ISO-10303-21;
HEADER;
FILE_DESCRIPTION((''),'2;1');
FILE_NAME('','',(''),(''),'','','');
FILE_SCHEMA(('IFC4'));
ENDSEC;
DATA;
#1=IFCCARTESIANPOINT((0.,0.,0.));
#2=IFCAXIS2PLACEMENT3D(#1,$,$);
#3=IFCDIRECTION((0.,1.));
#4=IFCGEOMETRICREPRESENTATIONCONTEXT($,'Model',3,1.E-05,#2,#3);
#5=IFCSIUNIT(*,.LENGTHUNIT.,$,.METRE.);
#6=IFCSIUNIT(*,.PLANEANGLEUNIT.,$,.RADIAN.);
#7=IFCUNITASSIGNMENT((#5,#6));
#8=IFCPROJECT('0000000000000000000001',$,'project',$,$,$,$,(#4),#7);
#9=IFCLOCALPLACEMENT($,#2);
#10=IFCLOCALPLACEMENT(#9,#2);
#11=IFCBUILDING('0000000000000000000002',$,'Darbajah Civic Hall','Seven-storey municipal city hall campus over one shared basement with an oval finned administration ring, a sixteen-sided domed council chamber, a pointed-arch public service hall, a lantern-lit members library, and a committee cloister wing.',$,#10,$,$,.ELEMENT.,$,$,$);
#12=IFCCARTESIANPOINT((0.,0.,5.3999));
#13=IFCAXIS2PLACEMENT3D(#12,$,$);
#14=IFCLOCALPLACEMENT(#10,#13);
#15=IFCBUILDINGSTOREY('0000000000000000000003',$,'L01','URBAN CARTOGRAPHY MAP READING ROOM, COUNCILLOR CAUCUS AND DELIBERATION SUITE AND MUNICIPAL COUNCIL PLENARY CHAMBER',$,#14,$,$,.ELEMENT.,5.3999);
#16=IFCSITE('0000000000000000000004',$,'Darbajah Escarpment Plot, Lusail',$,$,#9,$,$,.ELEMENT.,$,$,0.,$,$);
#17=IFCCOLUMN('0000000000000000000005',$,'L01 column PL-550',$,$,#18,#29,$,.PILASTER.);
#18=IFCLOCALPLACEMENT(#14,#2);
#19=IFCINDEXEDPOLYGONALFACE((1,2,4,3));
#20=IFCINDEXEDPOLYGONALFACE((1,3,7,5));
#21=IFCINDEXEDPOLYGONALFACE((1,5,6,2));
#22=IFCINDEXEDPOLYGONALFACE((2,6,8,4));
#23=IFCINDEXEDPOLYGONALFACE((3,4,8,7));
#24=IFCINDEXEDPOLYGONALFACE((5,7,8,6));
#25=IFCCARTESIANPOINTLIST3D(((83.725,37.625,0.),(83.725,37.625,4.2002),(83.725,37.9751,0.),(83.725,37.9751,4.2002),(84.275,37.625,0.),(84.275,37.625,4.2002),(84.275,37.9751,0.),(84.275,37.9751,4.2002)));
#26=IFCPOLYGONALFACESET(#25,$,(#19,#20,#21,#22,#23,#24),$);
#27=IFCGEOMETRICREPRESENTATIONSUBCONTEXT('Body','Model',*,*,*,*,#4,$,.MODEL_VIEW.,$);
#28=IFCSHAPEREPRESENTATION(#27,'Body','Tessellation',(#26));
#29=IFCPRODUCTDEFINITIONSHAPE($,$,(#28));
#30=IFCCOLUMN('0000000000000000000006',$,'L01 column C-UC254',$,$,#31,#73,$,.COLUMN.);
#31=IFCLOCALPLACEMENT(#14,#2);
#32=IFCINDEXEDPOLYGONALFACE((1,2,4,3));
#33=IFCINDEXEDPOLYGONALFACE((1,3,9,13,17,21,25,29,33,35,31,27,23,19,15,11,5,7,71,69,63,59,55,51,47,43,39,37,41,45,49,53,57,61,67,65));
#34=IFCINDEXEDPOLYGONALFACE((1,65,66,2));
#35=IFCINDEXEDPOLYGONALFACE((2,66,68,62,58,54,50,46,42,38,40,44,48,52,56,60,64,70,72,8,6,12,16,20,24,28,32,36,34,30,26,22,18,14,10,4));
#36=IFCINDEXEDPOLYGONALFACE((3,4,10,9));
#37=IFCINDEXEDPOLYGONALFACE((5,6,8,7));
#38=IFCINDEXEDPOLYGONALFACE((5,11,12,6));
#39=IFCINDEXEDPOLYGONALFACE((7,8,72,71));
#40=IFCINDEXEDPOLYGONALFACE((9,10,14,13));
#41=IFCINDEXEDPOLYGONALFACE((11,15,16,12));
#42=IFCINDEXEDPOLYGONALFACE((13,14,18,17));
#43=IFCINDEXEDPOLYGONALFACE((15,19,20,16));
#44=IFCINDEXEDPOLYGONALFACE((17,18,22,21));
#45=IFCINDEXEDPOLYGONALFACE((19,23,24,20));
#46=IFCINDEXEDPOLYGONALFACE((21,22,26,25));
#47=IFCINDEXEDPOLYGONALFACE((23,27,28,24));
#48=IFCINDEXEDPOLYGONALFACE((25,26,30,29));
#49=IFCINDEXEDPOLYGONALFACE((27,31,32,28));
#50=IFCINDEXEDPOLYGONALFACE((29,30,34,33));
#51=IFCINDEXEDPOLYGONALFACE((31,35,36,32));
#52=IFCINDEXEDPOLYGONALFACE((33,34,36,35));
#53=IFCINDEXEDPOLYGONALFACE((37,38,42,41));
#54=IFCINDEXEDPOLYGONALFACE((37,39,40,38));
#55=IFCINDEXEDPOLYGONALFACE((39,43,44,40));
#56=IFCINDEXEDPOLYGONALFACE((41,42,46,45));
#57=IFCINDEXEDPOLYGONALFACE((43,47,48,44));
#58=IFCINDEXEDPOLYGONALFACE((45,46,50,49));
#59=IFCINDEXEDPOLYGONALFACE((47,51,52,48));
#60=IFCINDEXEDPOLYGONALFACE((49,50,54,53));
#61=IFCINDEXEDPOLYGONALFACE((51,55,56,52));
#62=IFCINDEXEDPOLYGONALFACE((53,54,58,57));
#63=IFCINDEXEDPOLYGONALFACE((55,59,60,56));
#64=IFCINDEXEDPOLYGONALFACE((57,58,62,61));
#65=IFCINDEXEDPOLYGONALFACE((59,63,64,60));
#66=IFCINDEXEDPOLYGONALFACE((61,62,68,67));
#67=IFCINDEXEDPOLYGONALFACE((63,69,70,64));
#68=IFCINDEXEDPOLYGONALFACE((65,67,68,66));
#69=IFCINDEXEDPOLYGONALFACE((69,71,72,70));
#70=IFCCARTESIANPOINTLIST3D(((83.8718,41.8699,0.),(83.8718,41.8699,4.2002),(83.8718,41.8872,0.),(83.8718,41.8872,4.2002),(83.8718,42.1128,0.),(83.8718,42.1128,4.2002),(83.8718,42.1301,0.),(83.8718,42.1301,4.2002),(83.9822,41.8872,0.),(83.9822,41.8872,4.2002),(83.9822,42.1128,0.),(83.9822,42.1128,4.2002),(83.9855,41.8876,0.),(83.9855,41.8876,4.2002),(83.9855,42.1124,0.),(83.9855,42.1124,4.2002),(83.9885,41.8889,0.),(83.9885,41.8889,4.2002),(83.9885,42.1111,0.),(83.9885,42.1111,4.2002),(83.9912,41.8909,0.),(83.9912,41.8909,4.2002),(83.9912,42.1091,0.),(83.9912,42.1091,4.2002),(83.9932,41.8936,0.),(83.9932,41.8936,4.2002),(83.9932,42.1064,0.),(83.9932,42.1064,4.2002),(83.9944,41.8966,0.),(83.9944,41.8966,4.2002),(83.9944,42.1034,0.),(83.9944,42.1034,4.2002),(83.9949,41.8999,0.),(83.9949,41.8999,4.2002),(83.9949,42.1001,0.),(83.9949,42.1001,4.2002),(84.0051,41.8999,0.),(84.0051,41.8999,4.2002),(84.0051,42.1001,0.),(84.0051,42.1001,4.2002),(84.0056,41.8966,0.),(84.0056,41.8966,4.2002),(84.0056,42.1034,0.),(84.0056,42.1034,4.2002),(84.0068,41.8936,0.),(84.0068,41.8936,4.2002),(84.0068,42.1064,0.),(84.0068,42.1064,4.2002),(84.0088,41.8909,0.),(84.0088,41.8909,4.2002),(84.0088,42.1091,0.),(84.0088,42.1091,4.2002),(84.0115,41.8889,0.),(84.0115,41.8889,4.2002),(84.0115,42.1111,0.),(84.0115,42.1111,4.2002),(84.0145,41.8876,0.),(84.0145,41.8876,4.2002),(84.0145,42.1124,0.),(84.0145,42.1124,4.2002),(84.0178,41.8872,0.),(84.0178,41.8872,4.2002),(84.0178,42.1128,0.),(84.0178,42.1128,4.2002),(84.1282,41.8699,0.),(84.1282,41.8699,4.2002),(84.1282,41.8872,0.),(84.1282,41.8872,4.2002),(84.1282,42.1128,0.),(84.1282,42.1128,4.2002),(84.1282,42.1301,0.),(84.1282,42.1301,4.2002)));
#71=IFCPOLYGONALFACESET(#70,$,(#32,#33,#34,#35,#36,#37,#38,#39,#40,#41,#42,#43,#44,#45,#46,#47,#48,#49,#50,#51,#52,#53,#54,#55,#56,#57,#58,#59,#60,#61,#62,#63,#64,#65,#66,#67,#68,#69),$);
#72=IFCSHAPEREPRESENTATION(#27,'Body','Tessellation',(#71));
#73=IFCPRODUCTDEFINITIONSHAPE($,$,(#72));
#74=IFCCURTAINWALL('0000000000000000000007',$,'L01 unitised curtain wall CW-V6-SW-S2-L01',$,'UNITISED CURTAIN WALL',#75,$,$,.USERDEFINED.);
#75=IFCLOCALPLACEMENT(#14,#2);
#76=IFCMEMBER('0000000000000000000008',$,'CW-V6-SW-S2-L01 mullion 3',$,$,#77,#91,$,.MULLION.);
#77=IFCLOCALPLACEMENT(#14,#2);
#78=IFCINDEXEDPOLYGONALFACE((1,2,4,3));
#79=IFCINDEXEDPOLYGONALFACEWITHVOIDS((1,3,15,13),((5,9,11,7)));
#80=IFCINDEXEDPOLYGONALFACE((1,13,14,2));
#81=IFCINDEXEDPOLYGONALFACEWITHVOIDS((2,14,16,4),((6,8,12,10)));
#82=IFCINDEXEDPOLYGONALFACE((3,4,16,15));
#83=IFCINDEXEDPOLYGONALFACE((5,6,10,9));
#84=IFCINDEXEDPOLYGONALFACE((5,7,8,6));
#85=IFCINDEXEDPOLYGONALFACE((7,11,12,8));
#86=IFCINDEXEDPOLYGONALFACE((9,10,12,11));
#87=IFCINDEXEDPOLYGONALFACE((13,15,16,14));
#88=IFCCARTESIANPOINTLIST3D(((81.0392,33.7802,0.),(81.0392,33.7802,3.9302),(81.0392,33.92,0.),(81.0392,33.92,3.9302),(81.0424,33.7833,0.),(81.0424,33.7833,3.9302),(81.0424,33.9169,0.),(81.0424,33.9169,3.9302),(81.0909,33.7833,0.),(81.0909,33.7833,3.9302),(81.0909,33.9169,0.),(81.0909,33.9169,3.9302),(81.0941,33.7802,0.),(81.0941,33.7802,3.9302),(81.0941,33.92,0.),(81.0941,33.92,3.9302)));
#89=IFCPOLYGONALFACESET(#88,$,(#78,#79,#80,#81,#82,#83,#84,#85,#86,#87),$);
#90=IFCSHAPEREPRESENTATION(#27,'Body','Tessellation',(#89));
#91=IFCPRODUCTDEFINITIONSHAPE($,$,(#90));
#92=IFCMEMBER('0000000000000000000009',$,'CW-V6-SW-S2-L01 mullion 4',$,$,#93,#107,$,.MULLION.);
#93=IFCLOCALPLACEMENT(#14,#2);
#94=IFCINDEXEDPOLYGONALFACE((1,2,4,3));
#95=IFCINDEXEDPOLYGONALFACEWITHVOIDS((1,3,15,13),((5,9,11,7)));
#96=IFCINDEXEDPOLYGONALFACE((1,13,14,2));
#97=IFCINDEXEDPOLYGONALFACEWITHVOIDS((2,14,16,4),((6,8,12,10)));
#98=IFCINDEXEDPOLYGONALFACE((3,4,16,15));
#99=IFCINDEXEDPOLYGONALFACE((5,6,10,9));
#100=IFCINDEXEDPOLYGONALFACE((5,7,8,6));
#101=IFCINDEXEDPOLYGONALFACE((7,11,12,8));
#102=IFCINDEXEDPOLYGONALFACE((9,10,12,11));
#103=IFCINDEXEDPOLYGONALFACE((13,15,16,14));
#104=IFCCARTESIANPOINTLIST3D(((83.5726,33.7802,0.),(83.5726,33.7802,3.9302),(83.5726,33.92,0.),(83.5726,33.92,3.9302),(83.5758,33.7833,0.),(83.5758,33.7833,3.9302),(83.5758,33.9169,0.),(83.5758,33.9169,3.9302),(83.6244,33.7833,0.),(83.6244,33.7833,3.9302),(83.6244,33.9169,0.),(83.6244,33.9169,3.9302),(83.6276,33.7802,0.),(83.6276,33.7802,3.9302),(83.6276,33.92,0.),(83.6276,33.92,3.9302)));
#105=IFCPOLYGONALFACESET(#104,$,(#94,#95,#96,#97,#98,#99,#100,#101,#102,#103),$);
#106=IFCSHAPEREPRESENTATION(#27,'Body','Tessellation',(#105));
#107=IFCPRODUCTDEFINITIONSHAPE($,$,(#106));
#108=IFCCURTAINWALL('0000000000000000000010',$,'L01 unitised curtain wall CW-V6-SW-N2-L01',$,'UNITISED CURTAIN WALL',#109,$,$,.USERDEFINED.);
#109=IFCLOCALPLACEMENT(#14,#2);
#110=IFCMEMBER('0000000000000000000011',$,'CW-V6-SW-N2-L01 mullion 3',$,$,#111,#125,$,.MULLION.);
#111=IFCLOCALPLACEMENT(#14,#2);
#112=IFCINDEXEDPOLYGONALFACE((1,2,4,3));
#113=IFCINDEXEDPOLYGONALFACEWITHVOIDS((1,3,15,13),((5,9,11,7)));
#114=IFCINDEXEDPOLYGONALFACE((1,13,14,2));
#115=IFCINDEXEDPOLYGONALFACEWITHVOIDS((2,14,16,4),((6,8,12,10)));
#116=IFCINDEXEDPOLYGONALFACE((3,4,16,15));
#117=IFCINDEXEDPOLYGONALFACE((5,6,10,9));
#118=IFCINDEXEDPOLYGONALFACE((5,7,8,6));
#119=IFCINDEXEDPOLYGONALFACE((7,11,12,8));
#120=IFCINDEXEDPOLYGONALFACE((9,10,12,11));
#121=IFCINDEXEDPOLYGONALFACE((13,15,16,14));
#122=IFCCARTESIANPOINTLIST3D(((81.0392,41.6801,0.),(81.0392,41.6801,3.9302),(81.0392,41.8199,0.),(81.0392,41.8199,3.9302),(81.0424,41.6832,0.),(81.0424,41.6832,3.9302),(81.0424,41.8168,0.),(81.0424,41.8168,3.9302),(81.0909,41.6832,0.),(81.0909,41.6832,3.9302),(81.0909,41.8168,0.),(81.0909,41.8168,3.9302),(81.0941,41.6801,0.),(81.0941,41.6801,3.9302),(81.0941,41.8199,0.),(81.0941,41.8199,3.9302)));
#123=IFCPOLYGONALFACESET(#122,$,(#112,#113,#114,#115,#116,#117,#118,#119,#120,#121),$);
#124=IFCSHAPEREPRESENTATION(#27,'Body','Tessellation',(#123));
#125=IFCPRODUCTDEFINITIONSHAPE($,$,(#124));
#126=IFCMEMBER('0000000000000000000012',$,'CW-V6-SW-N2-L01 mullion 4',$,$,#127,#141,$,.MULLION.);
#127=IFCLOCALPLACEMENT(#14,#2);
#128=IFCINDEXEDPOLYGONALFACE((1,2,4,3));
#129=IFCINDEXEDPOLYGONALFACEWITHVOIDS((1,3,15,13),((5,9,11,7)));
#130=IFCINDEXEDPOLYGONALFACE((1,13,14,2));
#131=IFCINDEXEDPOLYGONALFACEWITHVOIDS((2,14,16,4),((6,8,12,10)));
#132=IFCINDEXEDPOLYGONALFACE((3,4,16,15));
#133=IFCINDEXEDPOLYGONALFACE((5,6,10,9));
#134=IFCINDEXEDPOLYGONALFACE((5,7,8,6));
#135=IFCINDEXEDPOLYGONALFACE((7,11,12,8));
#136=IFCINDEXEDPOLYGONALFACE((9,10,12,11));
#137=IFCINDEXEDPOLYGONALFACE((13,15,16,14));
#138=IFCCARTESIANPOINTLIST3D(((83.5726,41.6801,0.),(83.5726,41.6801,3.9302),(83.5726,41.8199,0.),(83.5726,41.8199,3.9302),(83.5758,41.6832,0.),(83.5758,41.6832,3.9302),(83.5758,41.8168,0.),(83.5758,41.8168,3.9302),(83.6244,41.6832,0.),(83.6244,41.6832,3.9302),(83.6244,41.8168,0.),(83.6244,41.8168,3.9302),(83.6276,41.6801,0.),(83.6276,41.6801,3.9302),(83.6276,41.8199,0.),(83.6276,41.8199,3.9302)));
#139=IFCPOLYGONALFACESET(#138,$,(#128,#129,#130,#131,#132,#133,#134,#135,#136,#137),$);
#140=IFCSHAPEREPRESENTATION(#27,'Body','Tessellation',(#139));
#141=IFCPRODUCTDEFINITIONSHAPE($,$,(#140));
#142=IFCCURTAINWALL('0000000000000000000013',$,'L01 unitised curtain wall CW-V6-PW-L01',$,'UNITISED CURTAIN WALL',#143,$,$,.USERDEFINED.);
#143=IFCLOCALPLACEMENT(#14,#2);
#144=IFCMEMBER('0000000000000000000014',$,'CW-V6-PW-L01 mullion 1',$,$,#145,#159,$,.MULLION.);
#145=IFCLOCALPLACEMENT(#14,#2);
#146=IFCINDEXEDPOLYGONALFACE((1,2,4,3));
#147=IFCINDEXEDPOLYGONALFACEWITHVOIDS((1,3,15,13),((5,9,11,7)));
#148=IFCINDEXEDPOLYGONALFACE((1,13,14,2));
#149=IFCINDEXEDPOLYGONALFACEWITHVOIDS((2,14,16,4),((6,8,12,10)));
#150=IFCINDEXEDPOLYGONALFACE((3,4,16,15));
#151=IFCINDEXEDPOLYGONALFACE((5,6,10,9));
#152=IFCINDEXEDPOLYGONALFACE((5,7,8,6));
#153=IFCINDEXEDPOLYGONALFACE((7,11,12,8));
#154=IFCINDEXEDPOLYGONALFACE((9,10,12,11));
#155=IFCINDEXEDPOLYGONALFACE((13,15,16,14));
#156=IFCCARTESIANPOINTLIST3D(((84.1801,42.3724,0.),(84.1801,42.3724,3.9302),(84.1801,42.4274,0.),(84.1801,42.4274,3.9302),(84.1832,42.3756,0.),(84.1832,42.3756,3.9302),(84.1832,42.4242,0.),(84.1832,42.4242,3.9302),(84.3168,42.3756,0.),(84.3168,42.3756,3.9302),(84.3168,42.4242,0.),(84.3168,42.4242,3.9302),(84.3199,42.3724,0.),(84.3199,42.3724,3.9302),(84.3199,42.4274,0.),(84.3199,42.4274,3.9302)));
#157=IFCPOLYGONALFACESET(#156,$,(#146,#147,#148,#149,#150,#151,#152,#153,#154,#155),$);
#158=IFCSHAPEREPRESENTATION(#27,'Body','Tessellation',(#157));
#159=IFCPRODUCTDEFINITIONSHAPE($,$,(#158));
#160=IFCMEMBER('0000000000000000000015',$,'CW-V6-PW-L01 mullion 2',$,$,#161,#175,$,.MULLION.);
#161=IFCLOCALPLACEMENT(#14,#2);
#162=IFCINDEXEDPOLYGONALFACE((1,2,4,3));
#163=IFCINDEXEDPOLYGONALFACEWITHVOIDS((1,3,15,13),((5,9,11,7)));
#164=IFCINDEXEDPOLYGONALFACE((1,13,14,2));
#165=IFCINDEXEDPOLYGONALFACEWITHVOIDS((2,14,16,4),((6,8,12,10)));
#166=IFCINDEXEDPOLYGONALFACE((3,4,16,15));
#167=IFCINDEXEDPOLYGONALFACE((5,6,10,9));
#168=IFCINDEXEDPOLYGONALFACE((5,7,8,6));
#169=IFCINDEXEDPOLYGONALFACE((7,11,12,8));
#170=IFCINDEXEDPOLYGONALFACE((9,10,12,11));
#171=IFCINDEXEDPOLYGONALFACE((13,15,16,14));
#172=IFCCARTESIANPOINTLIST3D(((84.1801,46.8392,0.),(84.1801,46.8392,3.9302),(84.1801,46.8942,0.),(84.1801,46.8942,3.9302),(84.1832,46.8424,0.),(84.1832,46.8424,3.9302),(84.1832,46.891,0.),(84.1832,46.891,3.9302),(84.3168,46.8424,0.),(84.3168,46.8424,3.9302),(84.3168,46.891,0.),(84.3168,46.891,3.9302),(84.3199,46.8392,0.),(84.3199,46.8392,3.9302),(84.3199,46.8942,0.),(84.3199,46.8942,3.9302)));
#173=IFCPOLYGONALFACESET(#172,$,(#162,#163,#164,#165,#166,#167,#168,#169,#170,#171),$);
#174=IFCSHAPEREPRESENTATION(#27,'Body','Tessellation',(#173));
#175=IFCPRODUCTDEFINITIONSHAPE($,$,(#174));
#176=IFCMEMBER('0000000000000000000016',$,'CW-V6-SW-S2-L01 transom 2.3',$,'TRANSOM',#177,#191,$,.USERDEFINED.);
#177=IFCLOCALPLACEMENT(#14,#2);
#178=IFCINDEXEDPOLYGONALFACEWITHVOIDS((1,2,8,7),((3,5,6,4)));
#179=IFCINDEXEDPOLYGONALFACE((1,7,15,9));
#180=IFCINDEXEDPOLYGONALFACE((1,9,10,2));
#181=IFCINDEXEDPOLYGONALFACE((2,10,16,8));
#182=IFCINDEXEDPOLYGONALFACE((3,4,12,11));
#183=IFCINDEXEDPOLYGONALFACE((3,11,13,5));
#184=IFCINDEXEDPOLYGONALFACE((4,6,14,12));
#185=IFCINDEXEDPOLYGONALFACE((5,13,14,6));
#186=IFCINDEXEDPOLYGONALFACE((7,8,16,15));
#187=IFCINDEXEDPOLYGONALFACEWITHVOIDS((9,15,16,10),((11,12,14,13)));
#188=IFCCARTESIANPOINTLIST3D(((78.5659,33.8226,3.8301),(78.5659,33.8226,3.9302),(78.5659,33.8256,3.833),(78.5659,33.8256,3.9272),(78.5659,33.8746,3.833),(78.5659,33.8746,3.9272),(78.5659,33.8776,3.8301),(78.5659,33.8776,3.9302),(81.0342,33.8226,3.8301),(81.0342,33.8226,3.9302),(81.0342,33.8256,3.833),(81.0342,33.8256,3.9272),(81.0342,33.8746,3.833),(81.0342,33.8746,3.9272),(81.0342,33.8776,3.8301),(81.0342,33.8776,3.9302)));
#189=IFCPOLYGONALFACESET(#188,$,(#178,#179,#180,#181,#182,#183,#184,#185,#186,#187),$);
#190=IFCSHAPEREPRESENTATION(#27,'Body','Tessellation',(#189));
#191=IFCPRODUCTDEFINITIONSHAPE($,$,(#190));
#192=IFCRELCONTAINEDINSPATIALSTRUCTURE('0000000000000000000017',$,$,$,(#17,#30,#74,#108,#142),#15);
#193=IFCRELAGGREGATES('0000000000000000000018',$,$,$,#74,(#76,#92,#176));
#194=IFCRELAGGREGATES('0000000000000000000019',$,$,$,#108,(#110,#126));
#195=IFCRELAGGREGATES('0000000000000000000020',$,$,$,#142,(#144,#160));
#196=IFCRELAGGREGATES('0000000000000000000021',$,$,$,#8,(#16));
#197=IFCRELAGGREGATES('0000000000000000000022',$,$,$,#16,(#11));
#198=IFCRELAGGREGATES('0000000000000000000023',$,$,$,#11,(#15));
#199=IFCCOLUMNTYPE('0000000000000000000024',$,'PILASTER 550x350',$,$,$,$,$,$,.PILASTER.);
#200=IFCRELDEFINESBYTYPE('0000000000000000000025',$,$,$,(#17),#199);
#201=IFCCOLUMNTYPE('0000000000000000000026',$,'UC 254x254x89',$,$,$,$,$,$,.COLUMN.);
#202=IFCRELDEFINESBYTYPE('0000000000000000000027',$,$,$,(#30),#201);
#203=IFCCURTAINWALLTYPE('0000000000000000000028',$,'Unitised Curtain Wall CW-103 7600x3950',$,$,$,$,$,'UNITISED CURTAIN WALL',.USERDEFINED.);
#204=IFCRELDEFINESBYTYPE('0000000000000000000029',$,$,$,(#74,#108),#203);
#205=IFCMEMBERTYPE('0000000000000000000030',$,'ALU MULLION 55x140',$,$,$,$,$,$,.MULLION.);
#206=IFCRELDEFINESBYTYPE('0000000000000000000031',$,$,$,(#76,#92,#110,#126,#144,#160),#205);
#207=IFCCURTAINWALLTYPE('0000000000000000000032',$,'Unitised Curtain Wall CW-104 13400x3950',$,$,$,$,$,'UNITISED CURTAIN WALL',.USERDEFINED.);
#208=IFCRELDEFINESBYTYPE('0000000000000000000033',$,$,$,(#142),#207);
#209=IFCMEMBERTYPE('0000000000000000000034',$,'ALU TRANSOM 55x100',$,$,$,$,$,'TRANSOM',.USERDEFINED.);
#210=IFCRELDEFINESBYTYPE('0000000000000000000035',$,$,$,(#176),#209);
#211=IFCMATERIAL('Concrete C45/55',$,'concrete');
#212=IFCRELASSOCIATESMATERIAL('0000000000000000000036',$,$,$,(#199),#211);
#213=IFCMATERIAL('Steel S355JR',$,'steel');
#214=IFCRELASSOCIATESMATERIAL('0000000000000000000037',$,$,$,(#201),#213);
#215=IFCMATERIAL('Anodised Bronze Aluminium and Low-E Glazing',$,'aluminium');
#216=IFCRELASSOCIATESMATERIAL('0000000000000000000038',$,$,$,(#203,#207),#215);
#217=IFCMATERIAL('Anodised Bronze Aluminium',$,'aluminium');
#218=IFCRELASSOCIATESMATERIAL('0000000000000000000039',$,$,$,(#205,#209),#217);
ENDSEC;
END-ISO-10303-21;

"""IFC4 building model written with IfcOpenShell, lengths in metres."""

from ifc_helpers import new_model, si_unit, direction, frame, origin, origin_2d, place, context, subcontext, project, spatial, rectangle, hollow_rectangle, i_section, extrude, material, material_profile, profile_set, type_object, element, aggregate, save


model = new_model("IFC4")

# Units and contexts
model_context = context("Model", 3, precision=1e-05, world=origin(), true_north=direction((0.0, 1.0)))
body_context = subcontext(model_context, "Body", "Model", "MODEL_VIEW")
ifc_project = project(units=[si_unit("LENGTHUNIT", "METRE"), si_unit("PLANEANGLEUNIT", "RADIAN")], contexts=[model_context])

# Site, building, storey
site_placement = place(None, origin())
site = spatial("IfcSite", under=ifc_project, at=site_placement, Name="Darbajah Escarpment Plot, Lusail", CompositionType="ELEMENT", RefElevation=0.0)
building_placement = place(site_placement, origin())
building = spatial("IfcBuilding", under=site, at=building_placement, Name="Darbajah Civic Hall", Description="Seven-storey municipal city hall campus over one shared basement with an oval finned administration ring, a sixteen-sided domed council chamber, a pointed-arch public service hall, a lantern-lit members library, and a committee cloister wing.", CompositionType="ELEMENT")
storey_placement = place(building_placement, frame((0.0, 0.0, 5.3999)))
storey = spatial("IfcBuildingStorey", under=building, at=storey_placement, Name="L01", Description="URBAN CARTOGRAPHY MAP READING ROOM, COUNCILLOR CAUCUS AND DELIBERATION SUITE AND MUNICIPAL COUNCIL PLENARY CHAMBER", CompositionType="ELEMENT", Elevation=5.3999)

# Columns
ifc_material_1 = material(Name="Concrete C45/55", Category="concrete")
ifc_material_profile_1 = material_profile(ifc_material_1, rectangle(XDim=0.55, YDim=0.3501, at=origin_2d()), Name="PILASTER 550x350")
ifc_profile_set_1 = profile_set([ifc_material_profile_1], Name="Concrete C45/55")
column_type_1 = type_object("IfcColumnType", Name="PILASTER 550x350", PredefinedType="PILASTER", material=ifc_profile_set_1)
column_1_placement = place(storey_placement, frame((84.0, 37.8, 0.0), z_axis=(0.0, 0.0, 1.0), x_axis=(1.0, 0.0, 0.0)))
element("IfcColumn", 1, at=column_1_placement, inside=storey, type_object=column_type_1, Name="L01 column PL-550", PredefinedType="PILASTER", context=body_context, shape_type="SweptSolid", body=[
    extrude(rectangle(XDim=0.55, YDim=0.3501, at=origin_2d()), origin(), (0.0, 0.0, 1.0), 4.2002),
])
ifc_material_2 = material(Name="Steel S355JR", Category="steel")
ifc_material_profile_2 = material_profile(ifc_material_2, i_section(OverallWidth=0.2563, OverallDepth=0.2603, WebThickness=0.0103, FlangeThickness=0.0173, FilletRadius=0.0127, at=origin_2d()), Name="UC 254x254x89")
ifc_profile_set_2 = profile_set([ifc_material_profile_2], Name="Steel S355JR")
column_type_2 = type_object("IfcColumnType", Name="UC 254x254x89", PredefinedType="COLUMN", material=ifc_profile_set_2)
column_2_placement = place(storey_placement, frame((84.0, 42.0, 0.0), z_axis=(0.0, 0.0, 1.0), x_axis=(1.0, 0.0, 0.0)))
element("IfcColumn", 2, at=column_2_placement, inside=storey, type_object=column_type_2, Name="L01 column C-UC254", PredefinedType="COLUMN", context=body_context, shape_type="SweptSolid", body=[
    extrude(i_section(OverallWidth=0.2563, OverallDepth=0.2603, WebThickness=0.0103, FlangeThickness=0.0173, FilletRadius=0.0127, at=origin_2d()), origin(), (0.0, 0.0, 1.0), 4.2002),
])

# Curtain walls, members
ifc_material_3 = material(Name="Anodised Bronze Aluminium and Low-E Glazing", Category="aluminium")
curtain_wall_type_1 = type_object("IfcCurtainWallType", Name="Unitised Curtain Wall CW-103 7600x3950", ElementType="UNITISED CURTAIN WALL", PredefinedType="USERDEFINED", material=ifc_material_3)
curtain_wall_1_placement = place(storey_placement, origin())
curtain_wall_1 = element("IfcCurtainWall", 3, at=curtain_wall_1_placement, inside=storey, type_object=curtain_wall_type_1, Name="L01 unitised curtain wall CW-V6-SW-S2-L01", ObjectType="UNITISED CURTAIN WALL", PredefinedType="USERDEFINED")
ifc_material_4 = material(Name="Anodised Bronze Aluminium", Category="aluminium")
ifc_material_profile_3 = material_profile(ifc_material_4, hollow_rectangle(XDim=0.0549, YDim=0.1399, WallThickness=0.0032, at=origin_2d()), Name="ALU MULLION 55x140")
ifc_profile_set_3 = profile_set([ifc_material_profile_3], Name="Anodised Bronze Aluminium")
member_type_1 = type_object("IfcMemberType", Name="ALU MULLION 55x140", PredefinedType="MULLION", material=ifc_profile_set_3)
member_1_placement = place(storey_placement, frame((81.0667, 33.8501, 0.0), z_axis=(0.0, 0.0, 1.0), x_axis=(1.0, 0.0, 0.0)))
member_1 = element("IfcMember", 4, at=member_1_placement, type_object=member_type_1, Name="CW-V6-SW-S2-L01 mullion 3", PredefinedType="MULLION", context=body_context, shape_type="SweptSolid", body=[
    extrude(hollow_rectangle(XDim=0.0549, YDim=0.1399, WallThickness=0.0032, at=origin_2d()), origin(), (0.0, 0.0, 1.0), 3.9302),
])
member_2_placement = place(storey_placement, frame((83.6001, 33.8501, 0.0), z_axis=(0.0, 0.0, 1.0), x_axis=(1.0, 0.0, 0.0)))
member_2 = element("IfcMember", 5, at=member_2_placement, type_object=member_type_1, Name="CW-V6-SW-S2-L01 mullion 4", PredefinedType="MULLION", context=body_context, shape_type="SweptSolid", body=[
    extrude(hollow_rectangle(XDim=0.0549, YDim=0.1399, WallThickness=0.0032, at=origin_2d()), origin(), (0.0, 0.0, 1.0), 3.9302),
])
curtain_wall_2_placement = place(storey_placement, origin())
curtain_wall_2 = element("IfcCurtainWall", 6, at=curtain_wall_2_placement, inside=storey, type_object=curtain_wall_type_1, Name="L01 unitised curtain wall CW-V6-SW-N2-L01", ObjectType="UNITISED CURTAIN WALL", PredefinedType="USERDEFINED")
member_3_placement = place(storey_placement, frame((81.0667, 41.75, 0.0), z_axis=(0.0, 0.0, 1.0), x_axis=(1.0, 0.0, 0.0)))
member_3 = element("IfcMember", 7, at=member_3_placement, type_object=member_type_1, Name="CW-V6-SW-N2-L01 mullion 3", PredefinedType="MULLION", context=body_context, shape_type="SweptSolid", body=[
    extrude(hollow_rectangle(XDim=0.0549, YDim=0.1399, WallThickness=0.0032, at=origin_2d()), origin(), (0.0, 0.0, 1.0), 3.9302),
])
member_4_placement = place(storey_placement, frame((83.6001, 41.75, 0.0), z_axis=(0.0, 0.0, 1.0), x_axis=(1.0, 0.0, 0.0)))
member_4 = element("IfcMember", 8, at=member_4_placement, type_object=member_type_1, Name="CW-V6-SW-N2-L01 mullion 4", PredefinedType="MULLION", context=body_context, shape_type="SweptSolid", body=[
    extrude(hollow_rectangle(XDim=0.0549, YDim=0.1399, WallThickness=0.0032, at=origin_2d()), origin(), (0.0, 0.0, 1.0), 3.9302),
])
curtain_wall_type_2 = type_object("IfcCurtainWallType", Name="Unitised Curtain Wall CW-104 13400x3950", ElementType="UNITISED CURTAIN WALL", PredefinedType="USERDEFINED", material=ifc_material_3)
curtain_wall_3_placement = place(storey_placement, origin())
curtain_wall_3 = element("IfcCurtainWall", 9, at=curtain_wall_3_placement, inside=storey, type_object=curtain_wall_type_2, Name="L01 unitised curtain wall CW-V6-PW-L01", ObjectType="UNITISED CURTAIN WALL", PredefinedType="USERDEFINED")
member_5_placement = place(storey_placement, frame((84.25, 42.3999, 0.0), z_axis=(0.0, 0.0, 1.0), x_axis=(0.0, 1.0, 0.0)))
member_5 = element("IfcMember", 10, at=member_5_placement, type_object=member_type_1, Name="CW-V6-PW-L01 mullion 1", PredefinedType="MULLION", context=body_context, shape_type="SweptSolid", body=[
    extrude(hollow_rectangle(XDim=0.0549, YDim=0.1399, WallThickness=0.0032, at=origin_2d()), origin(), (0.0, 0.0, 1.0), 3.9302),
])
member_6_placement = place(storey_placement, frame((84.25, 46.8667, 0.0), z_axis=(0.0, 0.0, 1.0), x_axis=(0.0, 1.0, 0.0)))
member_6 = element("IfcMember", 11, at=member_6_placement, type_object=member_type_1, Name="CW-V6-PW-L01 mullion 2", PredefinedType="MULLION", context=body_context, shape_type="SweptSolid", body=[
    extrude(hollow_rectangle(XDim=0.0549, YDim=0.1399, WallThickness=0.0032, at=origin_2d()), origin(), (0.0, 0.0, 1.0), 3.9302),
])

# Member
ifc_material_profile_4 = material_profile(ifc_material_4, hollow_rectangle(XDim=0.0549, YDim=0.1001, WallThickness=0.0029, at=origin_2d()), Name="ALU TRANSOM 55x100")
ifc_profile_set_4 = profile_set([ifc_material_profile_4], Name="Anodised Bronze Aluminium")
member_type_2 = type_object("IfcMemberType", Name="ALU TRANSOM 55x100", ElementType="TRANSOM", PredefinedType="USERDEFINED", material=ifc_profile_set_4)
member_7_placement = place(storey_placement, frame((78.5659, 33.8501, 3.8801), z_axis=(1.0, 0.0, 0.0), x_axis=(0.0, 1.0, 0.0)))
member_7 = element("IfcMember", 12, at=member_7_placement, type_object=member_type_2, Name="CW-V6-SW-S2-L01 transom 2.3", ObjectType="TRANSOM", PredefinedType="USERDEFINED", context=body_context, shape_type="SweptSolid", body=[
    extrude(hollow_rectangle(XDim=0.0549, YDim=0.1001, WallThickness=0.0029, at=origin_2d()), origin(), (0.0, 0.0, 1.0), 2.4683),
])

aggregate(curtain_wall_1, [member_1, member_2, member_7])
aggregate(curtain_wall_2, [member_3, member_4])
aggregate(curtain_wall_3, [member_5, member_6])

save(model, "model.ifc")
